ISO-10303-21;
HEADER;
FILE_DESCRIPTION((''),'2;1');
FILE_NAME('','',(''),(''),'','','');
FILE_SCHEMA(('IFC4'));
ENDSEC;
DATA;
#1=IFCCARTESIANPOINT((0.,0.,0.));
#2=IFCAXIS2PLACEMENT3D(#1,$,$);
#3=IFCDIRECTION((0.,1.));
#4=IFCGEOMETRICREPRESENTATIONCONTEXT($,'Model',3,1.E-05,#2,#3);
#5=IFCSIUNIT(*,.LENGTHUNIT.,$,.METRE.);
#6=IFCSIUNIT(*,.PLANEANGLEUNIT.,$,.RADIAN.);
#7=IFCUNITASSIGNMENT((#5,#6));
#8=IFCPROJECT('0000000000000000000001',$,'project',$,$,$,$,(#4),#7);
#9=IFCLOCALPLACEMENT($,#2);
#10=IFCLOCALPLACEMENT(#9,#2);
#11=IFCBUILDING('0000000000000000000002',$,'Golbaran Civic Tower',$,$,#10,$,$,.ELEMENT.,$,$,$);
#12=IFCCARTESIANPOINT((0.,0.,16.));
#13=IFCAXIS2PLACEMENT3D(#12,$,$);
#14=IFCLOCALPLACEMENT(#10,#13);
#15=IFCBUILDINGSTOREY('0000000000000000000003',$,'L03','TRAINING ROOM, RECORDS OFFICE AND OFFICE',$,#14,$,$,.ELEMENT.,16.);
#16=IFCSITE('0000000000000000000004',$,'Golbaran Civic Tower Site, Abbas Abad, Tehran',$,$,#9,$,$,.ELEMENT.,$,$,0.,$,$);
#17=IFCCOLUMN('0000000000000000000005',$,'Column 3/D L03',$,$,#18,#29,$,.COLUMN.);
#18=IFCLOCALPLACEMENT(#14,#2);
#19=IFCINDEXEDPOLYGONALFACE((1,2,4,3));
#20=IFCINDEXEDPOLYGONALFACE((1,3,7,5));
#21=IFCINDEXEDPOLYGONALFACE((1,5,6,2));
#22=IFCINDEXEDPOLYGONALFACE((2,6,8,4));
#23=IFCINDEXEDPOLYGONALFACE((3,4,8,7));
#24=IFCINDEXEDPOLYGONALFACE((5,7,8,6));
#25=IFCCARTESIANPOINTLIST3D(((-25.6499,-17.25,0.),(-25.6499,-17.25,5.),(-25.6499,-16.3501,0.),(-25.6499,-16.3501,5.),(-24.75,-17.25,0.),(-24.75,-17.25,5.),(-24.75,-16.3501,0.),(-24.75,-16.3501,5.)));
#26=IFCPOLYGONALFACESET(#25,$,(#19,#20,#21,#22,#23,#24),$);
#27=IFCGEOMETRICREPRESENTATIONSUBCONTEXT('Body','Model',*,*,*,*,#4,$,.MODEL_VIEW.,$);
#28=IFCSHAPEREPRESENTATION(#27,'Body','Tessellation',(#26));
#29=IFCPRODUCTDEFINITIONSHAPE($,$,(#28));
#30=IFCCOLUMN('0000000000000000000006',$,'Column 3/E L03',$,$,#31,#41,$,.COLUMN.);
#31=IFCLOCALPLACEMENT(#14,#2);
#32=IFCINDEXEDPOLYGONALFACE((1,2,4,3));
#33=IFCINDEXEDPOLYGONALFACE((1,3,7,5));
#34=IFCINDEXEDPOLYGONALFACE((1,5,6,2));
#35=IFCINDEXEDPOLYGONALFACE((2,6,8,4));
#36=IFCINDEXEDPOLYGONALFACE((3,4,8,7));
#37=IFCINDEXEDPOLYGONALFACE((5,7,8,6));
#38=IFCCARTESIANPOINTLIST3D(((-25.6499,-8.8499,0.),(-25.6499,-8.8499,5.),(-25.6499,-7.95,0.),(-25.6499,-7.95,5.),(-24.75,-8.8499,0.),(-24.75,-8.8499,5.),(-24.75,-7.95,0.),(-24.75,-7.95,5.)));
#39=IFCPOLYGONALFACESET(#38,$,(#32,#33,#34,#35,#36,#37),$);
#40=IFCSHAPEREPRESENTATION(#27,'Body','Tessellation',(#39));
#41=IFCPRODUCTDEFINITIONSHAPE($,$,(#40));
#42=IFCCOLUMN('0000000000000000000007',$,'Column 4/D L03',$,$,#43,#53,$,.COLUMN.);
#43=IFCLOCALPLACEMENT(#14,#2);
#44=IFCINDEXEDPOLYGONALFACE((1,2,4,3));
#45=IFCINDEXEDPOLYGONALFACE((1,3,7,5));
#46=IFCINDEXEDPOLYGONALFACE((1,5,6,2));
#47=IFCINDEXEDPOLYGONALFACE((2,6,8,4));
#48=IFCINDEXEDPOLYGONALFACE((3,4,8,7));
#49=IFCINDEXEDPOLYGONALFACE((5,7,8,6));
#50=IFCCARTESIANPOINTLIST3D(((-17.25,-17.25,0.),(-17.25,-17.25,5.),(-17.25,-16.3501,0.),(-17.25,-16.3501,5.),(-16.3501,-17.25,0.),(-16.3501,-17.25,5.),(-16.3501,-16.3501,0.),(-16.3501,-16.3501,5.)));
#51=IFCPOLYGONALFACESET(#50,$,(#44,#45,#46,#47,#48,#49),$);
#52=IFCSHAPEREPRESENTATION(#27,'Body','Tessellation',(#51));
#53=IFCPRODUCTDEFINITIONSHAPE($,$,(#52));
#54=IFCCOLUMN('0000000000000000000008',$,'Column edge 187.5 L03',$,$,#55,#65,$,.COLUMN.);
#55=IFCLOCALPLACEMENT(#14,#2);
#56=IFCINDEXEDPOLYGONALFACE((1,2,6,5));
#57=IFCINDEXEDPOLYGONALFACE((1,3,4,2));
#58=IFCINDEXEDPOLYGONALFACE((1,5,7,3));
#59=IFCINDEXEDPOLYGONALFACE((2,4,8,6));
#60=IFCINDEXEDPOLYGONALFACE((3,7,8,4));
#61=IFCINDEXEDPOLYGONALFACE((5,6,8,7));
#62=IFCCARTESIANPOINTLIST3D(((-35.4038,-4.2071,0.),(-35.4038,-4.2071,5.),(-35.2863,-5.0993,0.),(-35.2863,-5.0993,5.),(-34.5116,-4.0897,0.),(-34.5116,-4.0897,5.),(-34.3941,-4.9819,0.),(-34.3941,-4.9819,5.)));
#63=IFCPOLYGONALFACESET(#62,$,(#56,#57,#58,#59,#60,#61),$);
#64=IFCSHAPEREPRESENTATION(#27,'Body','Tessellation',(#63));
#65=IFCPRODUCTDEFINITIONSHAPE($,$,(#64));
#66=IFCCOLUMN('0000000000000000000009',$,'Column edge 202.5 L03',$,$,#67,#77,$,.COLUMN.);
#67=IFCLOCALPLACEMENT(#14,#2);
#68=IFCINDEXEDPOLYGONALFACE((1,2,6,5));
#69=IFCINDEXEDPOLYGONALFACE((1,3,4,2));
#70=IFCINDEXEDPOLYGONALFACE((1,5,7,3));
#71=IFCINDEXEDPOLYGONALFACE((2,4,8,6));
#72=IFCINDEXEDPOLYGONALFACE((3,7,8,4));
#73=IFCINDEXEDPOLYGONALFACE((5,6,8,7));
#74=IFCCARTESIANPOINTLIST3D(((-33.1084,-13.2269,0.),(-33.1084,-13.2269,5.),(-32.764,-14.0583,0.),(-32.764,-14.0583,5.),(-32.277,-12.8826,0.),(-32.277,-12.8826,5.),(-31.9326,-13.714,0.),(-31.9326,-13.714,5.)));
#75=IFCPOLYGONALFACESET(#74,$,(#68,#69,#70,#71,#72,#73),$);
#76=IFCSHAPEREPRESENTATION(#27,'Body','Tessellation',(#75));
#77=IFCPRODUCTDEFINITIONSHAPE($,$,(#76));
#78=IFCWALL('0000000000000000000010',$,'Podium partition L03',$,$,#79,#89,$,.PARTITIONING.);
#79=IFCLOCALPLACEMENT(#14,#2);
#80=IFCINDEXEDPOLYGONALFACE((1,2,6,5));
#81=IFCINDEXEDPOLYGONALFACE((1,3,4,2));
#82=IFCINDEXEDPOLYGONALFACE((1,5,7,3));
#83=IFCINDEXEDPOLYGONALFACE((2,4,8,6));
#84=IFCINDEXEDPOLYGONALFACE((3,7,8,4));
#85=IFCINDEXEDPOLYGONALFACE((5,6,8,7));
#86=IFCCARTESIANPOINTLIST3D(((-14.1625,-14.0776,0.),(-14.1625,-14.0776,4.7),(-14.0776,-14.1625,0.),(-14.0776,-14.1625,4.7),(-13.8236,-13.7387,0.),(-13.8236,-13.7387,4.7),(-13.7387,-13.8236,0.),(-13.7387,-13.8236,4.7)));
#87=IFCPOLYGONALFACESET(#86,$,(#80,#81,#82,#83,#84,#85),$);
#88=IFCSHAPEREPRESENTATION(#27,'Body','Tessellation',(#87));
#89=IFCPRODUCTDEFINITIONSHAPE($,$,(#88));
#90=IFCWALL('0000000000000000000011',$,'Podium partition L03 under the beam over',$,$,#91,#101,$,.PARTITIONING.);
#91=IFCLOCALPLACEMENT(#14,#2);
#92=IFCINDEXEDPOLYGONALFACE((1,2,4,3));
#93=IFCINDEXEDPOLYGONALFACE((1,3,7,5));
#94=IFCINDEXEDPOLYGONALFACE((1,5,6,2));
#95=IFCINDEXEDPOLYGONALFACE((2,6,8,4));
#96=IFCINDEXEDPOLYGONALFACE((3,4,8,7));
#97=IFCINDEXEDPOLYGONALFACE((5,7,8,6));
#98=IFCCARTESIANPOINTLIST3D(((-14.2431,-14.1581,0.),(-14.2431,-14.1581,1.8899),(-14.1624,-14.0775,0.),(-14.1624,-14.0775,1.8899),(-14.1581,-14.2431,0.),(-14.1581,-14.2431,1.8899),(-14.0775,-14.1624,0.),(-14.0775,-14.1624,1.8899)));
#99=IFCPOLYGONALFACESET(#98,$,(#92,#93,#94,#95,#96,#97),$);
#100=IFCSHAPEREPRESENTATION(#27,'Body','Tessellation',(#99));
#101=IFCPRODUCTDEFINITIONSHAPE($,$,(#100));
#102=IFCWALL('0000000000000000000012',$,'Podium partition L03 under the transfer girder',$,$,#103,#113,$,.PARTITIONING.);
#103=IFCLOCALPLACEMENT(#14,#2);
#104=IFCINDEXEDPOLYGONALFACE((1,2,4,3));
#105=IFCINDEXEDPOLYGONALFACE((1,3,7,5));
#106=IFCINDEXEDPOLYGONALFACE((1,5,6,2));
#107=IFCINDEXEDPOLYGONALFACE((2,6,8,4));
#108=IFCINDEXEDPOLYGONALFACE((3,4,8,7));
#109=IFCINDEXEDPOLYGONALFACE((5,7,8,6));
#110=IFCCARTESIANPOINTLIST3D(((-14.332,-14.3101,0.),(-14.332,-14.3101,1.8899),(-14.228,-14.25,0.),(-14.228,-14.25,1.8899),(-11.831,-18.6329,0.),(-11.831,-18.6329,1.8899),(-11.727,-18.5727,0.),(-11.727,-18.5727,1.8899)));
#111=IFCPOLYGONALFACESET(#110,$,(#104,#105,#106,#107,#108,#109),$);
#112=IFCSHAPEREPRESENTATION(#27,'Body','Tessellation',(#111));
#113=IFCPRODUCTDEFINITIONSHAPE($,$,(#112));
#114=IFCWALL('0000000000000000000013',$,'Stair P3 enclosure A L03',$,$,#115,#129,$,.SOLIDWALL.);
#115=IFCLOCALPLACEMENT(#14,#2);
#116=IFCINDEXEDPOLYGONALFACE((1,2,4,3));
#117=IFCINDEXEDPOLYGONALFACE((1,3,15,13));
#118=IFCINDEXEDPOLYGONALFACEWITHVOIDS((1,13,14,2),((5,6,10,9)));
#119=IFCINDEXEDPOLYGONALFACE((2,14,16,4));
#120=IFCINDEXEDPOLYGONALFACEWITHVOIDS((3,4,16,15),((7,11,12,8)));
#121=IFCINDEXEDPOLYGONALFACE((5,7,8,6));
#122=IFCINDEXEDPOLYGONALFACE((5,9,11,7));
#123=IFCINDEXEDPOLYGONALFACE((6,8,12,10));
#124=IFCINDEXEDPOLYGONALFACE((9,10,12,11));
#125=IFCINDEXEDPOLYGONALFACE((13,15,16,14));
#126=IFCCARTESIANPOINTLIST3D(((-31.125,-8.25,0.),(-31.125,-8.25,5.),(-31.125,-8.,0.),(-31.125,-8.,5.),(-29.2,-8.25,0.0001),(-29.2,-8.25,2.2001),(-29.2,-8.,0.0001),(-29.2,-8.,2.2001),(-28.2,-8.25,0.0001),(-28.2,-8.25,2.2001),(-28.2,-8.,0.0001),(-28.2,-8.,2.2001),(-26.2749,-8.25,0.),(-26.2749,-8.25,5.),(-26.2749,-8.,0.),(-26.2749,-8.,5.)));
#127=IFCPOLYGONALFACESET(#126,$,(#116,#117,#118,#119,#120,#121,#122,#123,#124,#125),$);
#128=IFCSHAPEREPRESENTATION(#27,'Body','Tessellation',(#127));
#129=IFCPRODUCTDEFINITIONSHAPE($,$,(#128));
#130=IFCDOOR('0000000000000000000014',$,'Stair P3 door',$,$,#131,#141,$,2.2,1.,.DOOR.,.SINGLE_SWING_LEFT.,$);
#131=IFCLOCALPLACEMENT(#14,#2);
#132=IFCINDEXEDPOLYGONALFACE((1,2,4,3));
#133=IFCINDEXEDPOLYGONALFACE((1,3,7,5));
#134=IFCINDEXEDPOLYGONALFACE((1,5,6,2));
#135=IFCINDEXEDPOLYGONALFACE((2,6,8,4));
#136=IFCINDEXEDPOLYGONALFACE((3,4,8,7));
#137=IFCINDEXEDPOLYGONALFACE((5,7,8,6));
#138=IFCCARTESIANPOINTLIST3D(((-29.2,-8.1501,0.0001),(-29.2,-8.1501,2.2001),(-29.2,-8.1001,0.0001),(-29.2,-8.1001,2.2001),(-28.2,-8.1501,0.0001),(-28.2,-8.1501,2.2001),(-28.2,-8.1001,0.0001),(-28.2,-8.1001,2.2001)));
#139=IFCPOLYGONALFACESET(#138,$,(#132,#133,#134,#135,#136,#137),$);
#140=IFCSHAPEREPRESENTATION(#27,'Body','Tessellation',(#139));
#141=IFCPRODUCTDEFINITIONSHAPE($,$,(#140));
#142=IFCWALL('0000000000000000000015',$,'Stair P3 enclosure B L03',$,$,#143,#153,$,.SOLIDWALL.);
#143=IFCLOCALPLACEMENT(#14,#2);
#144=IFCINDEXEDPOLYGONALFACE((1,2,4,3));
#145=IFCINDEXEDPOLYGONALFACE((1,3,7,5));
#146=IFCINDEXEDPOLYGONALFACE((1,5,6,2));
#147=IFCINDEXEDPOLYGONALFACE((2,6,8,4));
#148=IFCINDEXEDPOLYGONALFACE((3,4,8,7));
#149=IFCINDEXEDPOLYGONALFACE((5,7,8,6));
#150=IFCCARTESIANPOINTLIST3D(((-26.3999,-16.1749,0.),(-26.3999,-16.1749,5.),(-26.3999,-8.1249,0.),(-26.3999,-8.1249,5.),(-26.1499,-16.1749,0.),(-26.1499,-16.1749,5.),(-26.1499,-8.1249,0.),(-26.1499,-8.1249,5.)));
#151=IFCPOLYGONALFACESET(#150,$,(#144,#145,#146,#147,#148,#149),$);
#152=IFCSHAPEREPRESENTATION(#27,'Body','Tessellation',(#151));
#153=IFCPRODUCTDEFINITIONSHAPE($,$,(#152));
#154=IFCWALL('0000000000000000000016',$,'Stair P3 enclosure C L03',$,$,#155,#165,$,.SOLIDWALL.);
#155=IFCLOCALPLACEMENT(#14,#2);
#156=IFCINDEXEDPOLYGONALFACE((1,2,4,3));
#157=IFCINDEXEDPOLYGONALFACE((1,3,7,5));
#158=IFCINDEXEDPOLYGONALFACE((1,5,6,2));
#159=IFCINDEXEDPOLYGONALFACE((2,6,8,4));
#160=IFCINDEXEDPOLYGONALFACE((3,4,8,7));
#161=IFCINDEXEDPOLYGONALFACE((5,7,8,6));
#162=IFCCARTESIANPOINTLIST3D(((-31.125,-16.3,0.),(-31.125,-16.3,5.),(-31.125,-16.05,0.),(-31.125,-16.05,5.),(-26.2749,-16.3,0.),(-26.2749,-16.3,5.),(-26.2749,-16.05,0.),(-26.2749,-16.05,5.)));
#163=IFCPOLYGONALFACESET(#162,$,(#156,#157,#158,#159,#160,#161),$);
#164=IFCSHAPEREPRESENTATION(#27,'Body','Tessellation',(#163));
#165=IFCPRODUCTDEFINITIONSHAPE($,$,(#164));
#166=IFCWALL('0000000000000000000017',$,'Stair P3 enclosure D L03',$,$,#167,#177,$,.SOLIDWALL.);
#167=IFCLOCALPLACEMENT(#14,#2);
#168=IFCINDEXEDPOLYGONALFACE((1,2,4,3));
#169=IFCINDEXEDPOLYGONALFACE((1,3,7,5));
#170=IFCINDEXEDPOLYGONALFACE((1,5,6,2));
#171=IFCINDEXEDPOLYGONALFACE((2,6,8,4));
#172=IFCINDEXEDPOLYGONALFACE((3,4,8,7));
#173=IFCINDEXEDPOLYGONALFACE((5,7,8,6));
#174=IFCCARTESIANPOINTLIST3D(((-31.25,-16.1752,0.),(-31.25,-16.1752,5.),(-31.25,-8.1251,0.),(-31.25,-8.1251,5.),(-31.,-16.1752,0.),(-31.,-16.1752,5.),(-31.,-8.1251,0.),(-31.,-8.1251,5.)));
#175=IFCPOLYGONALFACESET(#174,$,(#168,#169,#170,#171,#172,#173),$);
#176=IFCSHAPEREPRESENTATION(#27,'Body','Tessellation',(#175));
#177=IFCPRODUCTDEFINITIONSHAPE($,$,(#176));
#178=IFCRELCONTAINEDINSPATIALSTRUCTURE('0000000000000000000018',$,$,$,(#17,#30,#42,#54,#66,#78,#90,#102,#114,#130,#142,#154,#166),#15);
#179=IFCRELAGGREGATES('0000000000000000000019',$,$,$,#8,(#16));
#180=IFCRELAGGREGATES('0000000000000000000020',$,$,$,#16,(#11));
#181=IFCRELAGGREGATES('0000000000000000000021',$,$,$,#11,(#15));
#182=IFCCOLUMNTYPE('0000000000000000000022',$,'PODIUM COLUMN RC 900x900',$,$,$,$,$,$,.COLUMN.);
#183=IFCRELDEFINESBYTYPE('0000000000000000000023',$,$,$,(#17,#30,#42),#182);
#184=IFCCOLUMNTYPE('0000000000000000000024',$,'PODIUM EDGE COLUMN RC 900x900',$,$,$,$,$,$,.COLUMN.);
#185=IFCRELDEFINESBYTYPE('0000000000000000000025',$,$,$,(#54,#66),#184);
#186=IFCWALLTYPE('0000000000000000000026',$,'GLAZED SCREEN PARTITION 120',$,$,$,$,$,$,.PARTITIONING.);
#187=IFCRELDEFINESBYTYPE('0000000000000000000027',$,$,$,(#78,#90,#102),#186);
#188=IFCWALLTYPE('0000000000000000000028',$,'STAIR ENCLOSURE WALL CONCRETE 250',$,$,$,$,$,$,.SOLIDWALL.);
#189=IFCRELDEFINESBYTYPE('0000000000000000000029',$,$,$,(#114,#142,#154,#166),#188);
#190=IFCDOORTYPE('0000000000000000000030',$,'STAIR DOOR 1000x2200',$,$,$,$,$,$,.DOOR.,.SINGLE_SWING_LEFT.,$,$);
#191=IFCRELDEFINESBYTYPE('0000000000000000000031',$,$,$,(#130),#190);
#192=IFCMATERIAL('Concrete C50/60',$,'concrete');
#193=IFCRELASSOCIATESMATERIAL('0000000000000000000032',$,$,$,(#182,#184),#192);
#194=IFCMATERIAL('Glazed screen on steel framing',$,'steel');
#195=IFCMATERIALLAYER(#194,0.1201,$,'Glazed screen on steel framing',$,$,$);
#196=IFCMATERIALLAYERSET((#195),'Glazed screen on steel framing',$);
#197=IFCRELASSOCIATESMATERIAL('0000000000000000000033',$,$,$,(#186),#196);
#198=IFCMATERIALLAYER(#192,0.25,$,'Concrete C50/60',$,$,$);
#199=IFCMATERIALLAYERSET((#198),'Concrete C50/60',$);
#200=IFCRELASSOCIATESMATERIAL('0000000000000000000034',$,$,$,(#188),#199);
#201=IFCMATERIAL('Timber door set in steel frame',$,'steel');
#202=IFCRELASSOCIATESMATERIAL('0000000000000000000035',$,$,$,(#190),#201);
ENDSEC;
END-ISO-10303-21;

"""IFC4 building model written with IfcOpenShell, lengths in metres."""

from ifc_helpers import new_model, si_unit, direction, frame, frame_2d, origin, origin_2d, place, context, subcontext, project, spatial, rectangle, extrude, material, layer, layer_set, material_profile, profile_set, type_object, element, fill, save


model = new_model("IFC4")

# Units and contexts
model_context = context("Model", 3, precision=1e-05, world=origin(), true_north=direction((0.0, 1.0)))
body_context = subcontext(model_context, "Body", "Model", "MODEL_VIEW")
ifc_project = project(units=[si_unit("LENGTHUNIT", "METRE"), si_unit("PLANEANGLEUNIT", "RADIAN")], contexts=[model_context])

# Site, building, storey
site_placement = place(None, origin())
site = spatial("IfcSite", under=ifc_project, at=site_placement, Name="Golbaran Civic Tower Site, Abbas Abad, Tehran", CompositionType="ELEMENT", RefElevation=0.0)
building_placement = place(site_placement, origin())
building = spatial("IfcBuilding", under=site, at=building_placement, Name="Golbaran Civic Tower", CompositionType="ELEMENT")
storey_placement = place(building_placement, frame((0.0, 0.0, 16.0)))
storey = spatial("IfcBuildingStorey", under=building, at=storey_placement, Name="L03", Description="TRAINING ROOM, RECORDS OFFICE AND OFFICE", CompositionType="ELEMENT", Elevation=16.0)

# Columns
ifc_material_1 = material(Name="Concrete C50/60", Category="concrete")
ifc_material_profile_1 = material_profile(ifc_material_1, rectangle(XDim=0.8999, YDim=0.8999, at=origin_2d()), Name="RC 900x900")
ifc_profile_set_1 = profile_set([ifc_material_profile_1], Name="Concrete C50/60")
column_type_1 = type_object("IfcColumnType", Name="PODIUM COLUMN RC 900x900", PredefinedType="COLUMN", material=ifc_profile_set_1)
for number, where, z_axis, x_axis, name in (
    (1, (-25.2, -16.8, 0.0), (0.0, 0.0, 1.0), (1.0, 0.0, 0.0), "Column 3/D L03"),
    (2, (-25.2, -8.3999, 0.0), (0.0, 0.0, 1.0), (1.0, 0.0, 0.0), "Column 3/E L03"),
    (3, (-16.8, -16.8, 0.0), (0.0, 0.0, 1.0), (1.0, 0.0, 0.0), "Column 4/D L03"),
):
    element("IfcColumn", number, at=place(storey_placement, frame(where, z_axis=z_axis, x_axis=x_axis)), inside=storey, type_object=column_type_1, Name=name, PredefinedType="COLUMN", context=body_context, shape_type="SweptSolid", body=[
        extrude(rectangle(XDim=0.8999, YDim=0.8999, at=origin_2d()), origin(), (0.0, 0.0, 1.0), 5.0),
    ])
ifc_material_profile_2 = material_profile(ifc_material_1, rectangle(XDim=0.8999, YDim=0.8999, at=origin_2d()), Name="RC 900x900")
ifc_profile_set_2 = profile_set([ifc_material_profile_2], Name="Concrete C50/60")
column_type_2 = type_object("IfcColumnType", Name="PODIUM EDGE COLUMN RC 900x900", PredefinedType="COLUMN", material=ifc_profile_set_2)
for number, where, z_axis, x_axis, name in (
    (4, (-34.8989, -4.5945, 0.0), (0.0, 0.0, 1.0), (-0.991445, -0.130526, 0.0), "Column edge 187.5 L03"),
    (5, (-32.5205, -13.4705, 0.0), (0.0, 0.0, 1.0), (-0.92388, -0.382683, 0.0), "Column edge 202.5 L03"),
):
    element("IfcColumn", number, at=place(storey_placement, frame(where, z_axis=z_axis, x_axis=x_axis)), inside=storey, type_object=column_type_2, Name=name, PredefinedType="COLUMN", context=body_context, shape_type="SweptSolid", body=[
        extrude(rectangle(XDim=0.8999, YDim=0.8999, at=origin_2d()), origin(), (0.0, 0.0, 1.0), 5.0),
    ])

# Walls
ifc_material_2 = material(Name="Glazed screen on steel framing", Category="steel")
ifc_layer_1 = layer(ifc_material_2, 0.1201, Name="Glazed screen on steel framing")
ifc_layer_set_1 = layer_set([ifc_layer_1], Name="Glazed screen on steel framing")
wall_type_1 = type_object("IfcWallType", Name="GLAZED SCREEN PARTITION 120", PredefinedType="PARTITIONING", material=ifc_layer_set_1)
wall_1_placement = place(storey_placement, frame((-14.1201, -14.1201, 0.0), z_axis=(0.0, 0.0, 1.0), x_axis=(0.707107, 0.707107, 0.0)))
element("IfcWall", 6, at=wall_1_placement, inside=storey, type_object=wall_type_1, Name="Podium partition L03", PredefinedType="PARTITIONING", context=body_context, shape_type="SweptSolid", body=[
    extrude(rectangle(XDim=0.4792, YDim=0.1201, at=frame_2d((0.2397, 0.0))), origin(), (0.0, 0.0, 1.0), 4.7),
])
wall_2_placement = place(storey_placement, frame((-14.2007, -14.2007, 0.0), z_axis=(0.0, 0.0, 1.0), x_axis=(0.707107, 0.707107, 0.0)))
element("IfcWall", 7, at=wall_2_placement, inside=storey, type_object=wall_type_1, Name="Podium partition L03 under the beam over", PredefinedType="PARTITIONING", context=body_context, shape_type="SweptSolid", body=[
    extrude(rectangle(XDim=0.114, YDim=0.1201, at=frame_2d((0.0571, 0.0))), origin(), (0.0, 0.0, 1.0), 1.8899),
])
wall_3_placement = place(storey_placement, frame((-14.28, -14.28, 0.0), z_axis=(0.0, 0.0, 1.0), x_axis=(0.500786, -0.865571, 0.0)))
element("IfcWall", 8, at=wall_3_placement, inside=storey, type_object=wall_type_1, Name="Podium partition L03 under the transfer girder", PredefinedType="PARTITIONING", context=body_context, shape_type="SweptSolid", body=[
    extrude(rectangle(XDim=4.9941, YDim=0.1201, at=frame_2d((2.4971, 0.0))), origin(), (0.0, 0.0, 1.0), 1.8899),
])

# Wall, opening, door
ifc_layer_2 = layer(ifc_material_1, 0.25, Name="Concrete C50/60")
ifc_layer_set_2 = layer_set([ifc_layer_2], Name="Concrete C50/60")
wall_type_2 = type_object("IfcWallType", Name="STAIR ENCLOSURE WALL CONCRETE 250", PredefinedType="SOLIDWALL", material=ifc_layer_set_2)
wall_4_placement = place(storey_placement, frame((-31.125, -8.125, 0.0), z_axis=(0.0, 0.0, 1.0), x_axis=(1.0, 0.0, 0.0)))
wall_4 = element("IfcWall", 9, at=wall_4_placement, inside=storey, type_object=wall_type_2, Name="Stair P3 enclosure A L03", PredefinedType="SOLIDWALL", context=body_context, shape_type="SweptSolid", body=[
    extrude(rectangle(XDim=4.8501, YDim=0.25, at=frame_2d((2.425, 0.0))), origin(), (0.0, 0.0, 1.0), 5.0),
])
opening_1_placement = place(wall_4_placement, frame((1.925, 0.0, 0.0)))
opening_1 = element("IfcOpeningElement", 10, at=opening_1_placement, cuts=wall_4, PredefinedType="OPENING", context=body_context, shape_type="SweptSolid", body=[
    extrude(rectangle(XDim=1.0, YDim=2.2, at=frame_2d((0.5, 1.1001))), frame((0.0, 0.135, 0.0), z_axis=(0.0, -1.0, 0.0), x_axis=(1.0, 0.0, 0.0)), (0.0, 0.0, 1.0), 0.27),
])
ifc_material_3 = material(Name="Timber door set in steel frame", Category="steel")
door_type = type_object("IfcDoorType", Name="STAIR DOOR 1000x2200", OperationType="SINGLE_SWING_LEFT", PredefinedType="DOOR", material=ifc_material_3)
door_placement = place(opening_1_placement, origin())
door = element("IfcDoor", 11, at=door_placement, inside=storey, type_object=door_type, Name="Stair P3 door", OperationType="SINGLE_SWING_LEFT", OverallHeight=2.2, OverallWidth=1.0, PredefinedType="DOOR", context=body_context, shape_type="SweptSolid", body=[
    extrude(rectangle(XDim=1.0, YDim=2.2, at=frame_2d((0.5, 1.1001))), frame((0.0, 0.0249, 0.0), z_axis=(0.0, -1.0, 0.0), x_axis=(1.0, 0.0, 0.0)), (0.0, 0.0, 1.0), 0.05),
])
fill(opening_1, door)

# Walls
wall_5_placement = place(storey_placement, frame((-26.2749, -8.125, 0.0), z_axis=(0.0, 0.0, 1.0), x_axis=(0.0, -1.0, 0.0)))
element("IfcWall", 12, at=wall_5_placement, inside=storey, type_object=wall_type_2, Name="Stair P3 enclosure B L03", PredefinedType="SOLIDWALL", context=body_context, shape_type="SweptSolid", body=[
    extrude(rectangle(XDim=8.05, YDim=0.25, at=frame_2d((4.0249, 0.0))), origin(), (0.0, 0.0, 1.0), 5.0),
])
wall_6_placement = place(storey_placement, frame((-26.2749, -16.175, 0.0), z_axis=(0.0, 0.0, 1.0), x_axis=(-1.0, 0.0, 0.0)))
element("IfcWall", 13, at=wall_6_placement, inside=storey, type_object=wall_type_2, Name="Stair P3 enclosure C L03", PredefinedType="SOLIDWALL", context=body_context, shape_type="SweptSolid", body=[
    extrude(rectangle(XDim=4.8501, YDim=0.25, at=frame_2d((2.425, 0.0))), origin(), (0.0, 0.0, 1.0), 5.0),
])
wall_7_placement = place(storey_placement, frame((-31.125, -16.175, 0.0), z_axis=(0.0, 0.0, 1.0), x_axis=(0.0, 1.0, 0.0)))
element("IfcWall", 14, at=wall_7_placement, inside=storey, type_object=wall_type_2, Name="Stair P3 enclosure D L03", PredefinedType="SOLIDWALL", context=body_context, shape_type="SweptSolid", body=[
    extrude(rectangle(XDim=8.05, YDim=0.25, at=frame_2d((4.0249, 0.0))), origin(), (0.0, 0.0, 1.0), 5.0),
])

save(model, "model.ifc")
